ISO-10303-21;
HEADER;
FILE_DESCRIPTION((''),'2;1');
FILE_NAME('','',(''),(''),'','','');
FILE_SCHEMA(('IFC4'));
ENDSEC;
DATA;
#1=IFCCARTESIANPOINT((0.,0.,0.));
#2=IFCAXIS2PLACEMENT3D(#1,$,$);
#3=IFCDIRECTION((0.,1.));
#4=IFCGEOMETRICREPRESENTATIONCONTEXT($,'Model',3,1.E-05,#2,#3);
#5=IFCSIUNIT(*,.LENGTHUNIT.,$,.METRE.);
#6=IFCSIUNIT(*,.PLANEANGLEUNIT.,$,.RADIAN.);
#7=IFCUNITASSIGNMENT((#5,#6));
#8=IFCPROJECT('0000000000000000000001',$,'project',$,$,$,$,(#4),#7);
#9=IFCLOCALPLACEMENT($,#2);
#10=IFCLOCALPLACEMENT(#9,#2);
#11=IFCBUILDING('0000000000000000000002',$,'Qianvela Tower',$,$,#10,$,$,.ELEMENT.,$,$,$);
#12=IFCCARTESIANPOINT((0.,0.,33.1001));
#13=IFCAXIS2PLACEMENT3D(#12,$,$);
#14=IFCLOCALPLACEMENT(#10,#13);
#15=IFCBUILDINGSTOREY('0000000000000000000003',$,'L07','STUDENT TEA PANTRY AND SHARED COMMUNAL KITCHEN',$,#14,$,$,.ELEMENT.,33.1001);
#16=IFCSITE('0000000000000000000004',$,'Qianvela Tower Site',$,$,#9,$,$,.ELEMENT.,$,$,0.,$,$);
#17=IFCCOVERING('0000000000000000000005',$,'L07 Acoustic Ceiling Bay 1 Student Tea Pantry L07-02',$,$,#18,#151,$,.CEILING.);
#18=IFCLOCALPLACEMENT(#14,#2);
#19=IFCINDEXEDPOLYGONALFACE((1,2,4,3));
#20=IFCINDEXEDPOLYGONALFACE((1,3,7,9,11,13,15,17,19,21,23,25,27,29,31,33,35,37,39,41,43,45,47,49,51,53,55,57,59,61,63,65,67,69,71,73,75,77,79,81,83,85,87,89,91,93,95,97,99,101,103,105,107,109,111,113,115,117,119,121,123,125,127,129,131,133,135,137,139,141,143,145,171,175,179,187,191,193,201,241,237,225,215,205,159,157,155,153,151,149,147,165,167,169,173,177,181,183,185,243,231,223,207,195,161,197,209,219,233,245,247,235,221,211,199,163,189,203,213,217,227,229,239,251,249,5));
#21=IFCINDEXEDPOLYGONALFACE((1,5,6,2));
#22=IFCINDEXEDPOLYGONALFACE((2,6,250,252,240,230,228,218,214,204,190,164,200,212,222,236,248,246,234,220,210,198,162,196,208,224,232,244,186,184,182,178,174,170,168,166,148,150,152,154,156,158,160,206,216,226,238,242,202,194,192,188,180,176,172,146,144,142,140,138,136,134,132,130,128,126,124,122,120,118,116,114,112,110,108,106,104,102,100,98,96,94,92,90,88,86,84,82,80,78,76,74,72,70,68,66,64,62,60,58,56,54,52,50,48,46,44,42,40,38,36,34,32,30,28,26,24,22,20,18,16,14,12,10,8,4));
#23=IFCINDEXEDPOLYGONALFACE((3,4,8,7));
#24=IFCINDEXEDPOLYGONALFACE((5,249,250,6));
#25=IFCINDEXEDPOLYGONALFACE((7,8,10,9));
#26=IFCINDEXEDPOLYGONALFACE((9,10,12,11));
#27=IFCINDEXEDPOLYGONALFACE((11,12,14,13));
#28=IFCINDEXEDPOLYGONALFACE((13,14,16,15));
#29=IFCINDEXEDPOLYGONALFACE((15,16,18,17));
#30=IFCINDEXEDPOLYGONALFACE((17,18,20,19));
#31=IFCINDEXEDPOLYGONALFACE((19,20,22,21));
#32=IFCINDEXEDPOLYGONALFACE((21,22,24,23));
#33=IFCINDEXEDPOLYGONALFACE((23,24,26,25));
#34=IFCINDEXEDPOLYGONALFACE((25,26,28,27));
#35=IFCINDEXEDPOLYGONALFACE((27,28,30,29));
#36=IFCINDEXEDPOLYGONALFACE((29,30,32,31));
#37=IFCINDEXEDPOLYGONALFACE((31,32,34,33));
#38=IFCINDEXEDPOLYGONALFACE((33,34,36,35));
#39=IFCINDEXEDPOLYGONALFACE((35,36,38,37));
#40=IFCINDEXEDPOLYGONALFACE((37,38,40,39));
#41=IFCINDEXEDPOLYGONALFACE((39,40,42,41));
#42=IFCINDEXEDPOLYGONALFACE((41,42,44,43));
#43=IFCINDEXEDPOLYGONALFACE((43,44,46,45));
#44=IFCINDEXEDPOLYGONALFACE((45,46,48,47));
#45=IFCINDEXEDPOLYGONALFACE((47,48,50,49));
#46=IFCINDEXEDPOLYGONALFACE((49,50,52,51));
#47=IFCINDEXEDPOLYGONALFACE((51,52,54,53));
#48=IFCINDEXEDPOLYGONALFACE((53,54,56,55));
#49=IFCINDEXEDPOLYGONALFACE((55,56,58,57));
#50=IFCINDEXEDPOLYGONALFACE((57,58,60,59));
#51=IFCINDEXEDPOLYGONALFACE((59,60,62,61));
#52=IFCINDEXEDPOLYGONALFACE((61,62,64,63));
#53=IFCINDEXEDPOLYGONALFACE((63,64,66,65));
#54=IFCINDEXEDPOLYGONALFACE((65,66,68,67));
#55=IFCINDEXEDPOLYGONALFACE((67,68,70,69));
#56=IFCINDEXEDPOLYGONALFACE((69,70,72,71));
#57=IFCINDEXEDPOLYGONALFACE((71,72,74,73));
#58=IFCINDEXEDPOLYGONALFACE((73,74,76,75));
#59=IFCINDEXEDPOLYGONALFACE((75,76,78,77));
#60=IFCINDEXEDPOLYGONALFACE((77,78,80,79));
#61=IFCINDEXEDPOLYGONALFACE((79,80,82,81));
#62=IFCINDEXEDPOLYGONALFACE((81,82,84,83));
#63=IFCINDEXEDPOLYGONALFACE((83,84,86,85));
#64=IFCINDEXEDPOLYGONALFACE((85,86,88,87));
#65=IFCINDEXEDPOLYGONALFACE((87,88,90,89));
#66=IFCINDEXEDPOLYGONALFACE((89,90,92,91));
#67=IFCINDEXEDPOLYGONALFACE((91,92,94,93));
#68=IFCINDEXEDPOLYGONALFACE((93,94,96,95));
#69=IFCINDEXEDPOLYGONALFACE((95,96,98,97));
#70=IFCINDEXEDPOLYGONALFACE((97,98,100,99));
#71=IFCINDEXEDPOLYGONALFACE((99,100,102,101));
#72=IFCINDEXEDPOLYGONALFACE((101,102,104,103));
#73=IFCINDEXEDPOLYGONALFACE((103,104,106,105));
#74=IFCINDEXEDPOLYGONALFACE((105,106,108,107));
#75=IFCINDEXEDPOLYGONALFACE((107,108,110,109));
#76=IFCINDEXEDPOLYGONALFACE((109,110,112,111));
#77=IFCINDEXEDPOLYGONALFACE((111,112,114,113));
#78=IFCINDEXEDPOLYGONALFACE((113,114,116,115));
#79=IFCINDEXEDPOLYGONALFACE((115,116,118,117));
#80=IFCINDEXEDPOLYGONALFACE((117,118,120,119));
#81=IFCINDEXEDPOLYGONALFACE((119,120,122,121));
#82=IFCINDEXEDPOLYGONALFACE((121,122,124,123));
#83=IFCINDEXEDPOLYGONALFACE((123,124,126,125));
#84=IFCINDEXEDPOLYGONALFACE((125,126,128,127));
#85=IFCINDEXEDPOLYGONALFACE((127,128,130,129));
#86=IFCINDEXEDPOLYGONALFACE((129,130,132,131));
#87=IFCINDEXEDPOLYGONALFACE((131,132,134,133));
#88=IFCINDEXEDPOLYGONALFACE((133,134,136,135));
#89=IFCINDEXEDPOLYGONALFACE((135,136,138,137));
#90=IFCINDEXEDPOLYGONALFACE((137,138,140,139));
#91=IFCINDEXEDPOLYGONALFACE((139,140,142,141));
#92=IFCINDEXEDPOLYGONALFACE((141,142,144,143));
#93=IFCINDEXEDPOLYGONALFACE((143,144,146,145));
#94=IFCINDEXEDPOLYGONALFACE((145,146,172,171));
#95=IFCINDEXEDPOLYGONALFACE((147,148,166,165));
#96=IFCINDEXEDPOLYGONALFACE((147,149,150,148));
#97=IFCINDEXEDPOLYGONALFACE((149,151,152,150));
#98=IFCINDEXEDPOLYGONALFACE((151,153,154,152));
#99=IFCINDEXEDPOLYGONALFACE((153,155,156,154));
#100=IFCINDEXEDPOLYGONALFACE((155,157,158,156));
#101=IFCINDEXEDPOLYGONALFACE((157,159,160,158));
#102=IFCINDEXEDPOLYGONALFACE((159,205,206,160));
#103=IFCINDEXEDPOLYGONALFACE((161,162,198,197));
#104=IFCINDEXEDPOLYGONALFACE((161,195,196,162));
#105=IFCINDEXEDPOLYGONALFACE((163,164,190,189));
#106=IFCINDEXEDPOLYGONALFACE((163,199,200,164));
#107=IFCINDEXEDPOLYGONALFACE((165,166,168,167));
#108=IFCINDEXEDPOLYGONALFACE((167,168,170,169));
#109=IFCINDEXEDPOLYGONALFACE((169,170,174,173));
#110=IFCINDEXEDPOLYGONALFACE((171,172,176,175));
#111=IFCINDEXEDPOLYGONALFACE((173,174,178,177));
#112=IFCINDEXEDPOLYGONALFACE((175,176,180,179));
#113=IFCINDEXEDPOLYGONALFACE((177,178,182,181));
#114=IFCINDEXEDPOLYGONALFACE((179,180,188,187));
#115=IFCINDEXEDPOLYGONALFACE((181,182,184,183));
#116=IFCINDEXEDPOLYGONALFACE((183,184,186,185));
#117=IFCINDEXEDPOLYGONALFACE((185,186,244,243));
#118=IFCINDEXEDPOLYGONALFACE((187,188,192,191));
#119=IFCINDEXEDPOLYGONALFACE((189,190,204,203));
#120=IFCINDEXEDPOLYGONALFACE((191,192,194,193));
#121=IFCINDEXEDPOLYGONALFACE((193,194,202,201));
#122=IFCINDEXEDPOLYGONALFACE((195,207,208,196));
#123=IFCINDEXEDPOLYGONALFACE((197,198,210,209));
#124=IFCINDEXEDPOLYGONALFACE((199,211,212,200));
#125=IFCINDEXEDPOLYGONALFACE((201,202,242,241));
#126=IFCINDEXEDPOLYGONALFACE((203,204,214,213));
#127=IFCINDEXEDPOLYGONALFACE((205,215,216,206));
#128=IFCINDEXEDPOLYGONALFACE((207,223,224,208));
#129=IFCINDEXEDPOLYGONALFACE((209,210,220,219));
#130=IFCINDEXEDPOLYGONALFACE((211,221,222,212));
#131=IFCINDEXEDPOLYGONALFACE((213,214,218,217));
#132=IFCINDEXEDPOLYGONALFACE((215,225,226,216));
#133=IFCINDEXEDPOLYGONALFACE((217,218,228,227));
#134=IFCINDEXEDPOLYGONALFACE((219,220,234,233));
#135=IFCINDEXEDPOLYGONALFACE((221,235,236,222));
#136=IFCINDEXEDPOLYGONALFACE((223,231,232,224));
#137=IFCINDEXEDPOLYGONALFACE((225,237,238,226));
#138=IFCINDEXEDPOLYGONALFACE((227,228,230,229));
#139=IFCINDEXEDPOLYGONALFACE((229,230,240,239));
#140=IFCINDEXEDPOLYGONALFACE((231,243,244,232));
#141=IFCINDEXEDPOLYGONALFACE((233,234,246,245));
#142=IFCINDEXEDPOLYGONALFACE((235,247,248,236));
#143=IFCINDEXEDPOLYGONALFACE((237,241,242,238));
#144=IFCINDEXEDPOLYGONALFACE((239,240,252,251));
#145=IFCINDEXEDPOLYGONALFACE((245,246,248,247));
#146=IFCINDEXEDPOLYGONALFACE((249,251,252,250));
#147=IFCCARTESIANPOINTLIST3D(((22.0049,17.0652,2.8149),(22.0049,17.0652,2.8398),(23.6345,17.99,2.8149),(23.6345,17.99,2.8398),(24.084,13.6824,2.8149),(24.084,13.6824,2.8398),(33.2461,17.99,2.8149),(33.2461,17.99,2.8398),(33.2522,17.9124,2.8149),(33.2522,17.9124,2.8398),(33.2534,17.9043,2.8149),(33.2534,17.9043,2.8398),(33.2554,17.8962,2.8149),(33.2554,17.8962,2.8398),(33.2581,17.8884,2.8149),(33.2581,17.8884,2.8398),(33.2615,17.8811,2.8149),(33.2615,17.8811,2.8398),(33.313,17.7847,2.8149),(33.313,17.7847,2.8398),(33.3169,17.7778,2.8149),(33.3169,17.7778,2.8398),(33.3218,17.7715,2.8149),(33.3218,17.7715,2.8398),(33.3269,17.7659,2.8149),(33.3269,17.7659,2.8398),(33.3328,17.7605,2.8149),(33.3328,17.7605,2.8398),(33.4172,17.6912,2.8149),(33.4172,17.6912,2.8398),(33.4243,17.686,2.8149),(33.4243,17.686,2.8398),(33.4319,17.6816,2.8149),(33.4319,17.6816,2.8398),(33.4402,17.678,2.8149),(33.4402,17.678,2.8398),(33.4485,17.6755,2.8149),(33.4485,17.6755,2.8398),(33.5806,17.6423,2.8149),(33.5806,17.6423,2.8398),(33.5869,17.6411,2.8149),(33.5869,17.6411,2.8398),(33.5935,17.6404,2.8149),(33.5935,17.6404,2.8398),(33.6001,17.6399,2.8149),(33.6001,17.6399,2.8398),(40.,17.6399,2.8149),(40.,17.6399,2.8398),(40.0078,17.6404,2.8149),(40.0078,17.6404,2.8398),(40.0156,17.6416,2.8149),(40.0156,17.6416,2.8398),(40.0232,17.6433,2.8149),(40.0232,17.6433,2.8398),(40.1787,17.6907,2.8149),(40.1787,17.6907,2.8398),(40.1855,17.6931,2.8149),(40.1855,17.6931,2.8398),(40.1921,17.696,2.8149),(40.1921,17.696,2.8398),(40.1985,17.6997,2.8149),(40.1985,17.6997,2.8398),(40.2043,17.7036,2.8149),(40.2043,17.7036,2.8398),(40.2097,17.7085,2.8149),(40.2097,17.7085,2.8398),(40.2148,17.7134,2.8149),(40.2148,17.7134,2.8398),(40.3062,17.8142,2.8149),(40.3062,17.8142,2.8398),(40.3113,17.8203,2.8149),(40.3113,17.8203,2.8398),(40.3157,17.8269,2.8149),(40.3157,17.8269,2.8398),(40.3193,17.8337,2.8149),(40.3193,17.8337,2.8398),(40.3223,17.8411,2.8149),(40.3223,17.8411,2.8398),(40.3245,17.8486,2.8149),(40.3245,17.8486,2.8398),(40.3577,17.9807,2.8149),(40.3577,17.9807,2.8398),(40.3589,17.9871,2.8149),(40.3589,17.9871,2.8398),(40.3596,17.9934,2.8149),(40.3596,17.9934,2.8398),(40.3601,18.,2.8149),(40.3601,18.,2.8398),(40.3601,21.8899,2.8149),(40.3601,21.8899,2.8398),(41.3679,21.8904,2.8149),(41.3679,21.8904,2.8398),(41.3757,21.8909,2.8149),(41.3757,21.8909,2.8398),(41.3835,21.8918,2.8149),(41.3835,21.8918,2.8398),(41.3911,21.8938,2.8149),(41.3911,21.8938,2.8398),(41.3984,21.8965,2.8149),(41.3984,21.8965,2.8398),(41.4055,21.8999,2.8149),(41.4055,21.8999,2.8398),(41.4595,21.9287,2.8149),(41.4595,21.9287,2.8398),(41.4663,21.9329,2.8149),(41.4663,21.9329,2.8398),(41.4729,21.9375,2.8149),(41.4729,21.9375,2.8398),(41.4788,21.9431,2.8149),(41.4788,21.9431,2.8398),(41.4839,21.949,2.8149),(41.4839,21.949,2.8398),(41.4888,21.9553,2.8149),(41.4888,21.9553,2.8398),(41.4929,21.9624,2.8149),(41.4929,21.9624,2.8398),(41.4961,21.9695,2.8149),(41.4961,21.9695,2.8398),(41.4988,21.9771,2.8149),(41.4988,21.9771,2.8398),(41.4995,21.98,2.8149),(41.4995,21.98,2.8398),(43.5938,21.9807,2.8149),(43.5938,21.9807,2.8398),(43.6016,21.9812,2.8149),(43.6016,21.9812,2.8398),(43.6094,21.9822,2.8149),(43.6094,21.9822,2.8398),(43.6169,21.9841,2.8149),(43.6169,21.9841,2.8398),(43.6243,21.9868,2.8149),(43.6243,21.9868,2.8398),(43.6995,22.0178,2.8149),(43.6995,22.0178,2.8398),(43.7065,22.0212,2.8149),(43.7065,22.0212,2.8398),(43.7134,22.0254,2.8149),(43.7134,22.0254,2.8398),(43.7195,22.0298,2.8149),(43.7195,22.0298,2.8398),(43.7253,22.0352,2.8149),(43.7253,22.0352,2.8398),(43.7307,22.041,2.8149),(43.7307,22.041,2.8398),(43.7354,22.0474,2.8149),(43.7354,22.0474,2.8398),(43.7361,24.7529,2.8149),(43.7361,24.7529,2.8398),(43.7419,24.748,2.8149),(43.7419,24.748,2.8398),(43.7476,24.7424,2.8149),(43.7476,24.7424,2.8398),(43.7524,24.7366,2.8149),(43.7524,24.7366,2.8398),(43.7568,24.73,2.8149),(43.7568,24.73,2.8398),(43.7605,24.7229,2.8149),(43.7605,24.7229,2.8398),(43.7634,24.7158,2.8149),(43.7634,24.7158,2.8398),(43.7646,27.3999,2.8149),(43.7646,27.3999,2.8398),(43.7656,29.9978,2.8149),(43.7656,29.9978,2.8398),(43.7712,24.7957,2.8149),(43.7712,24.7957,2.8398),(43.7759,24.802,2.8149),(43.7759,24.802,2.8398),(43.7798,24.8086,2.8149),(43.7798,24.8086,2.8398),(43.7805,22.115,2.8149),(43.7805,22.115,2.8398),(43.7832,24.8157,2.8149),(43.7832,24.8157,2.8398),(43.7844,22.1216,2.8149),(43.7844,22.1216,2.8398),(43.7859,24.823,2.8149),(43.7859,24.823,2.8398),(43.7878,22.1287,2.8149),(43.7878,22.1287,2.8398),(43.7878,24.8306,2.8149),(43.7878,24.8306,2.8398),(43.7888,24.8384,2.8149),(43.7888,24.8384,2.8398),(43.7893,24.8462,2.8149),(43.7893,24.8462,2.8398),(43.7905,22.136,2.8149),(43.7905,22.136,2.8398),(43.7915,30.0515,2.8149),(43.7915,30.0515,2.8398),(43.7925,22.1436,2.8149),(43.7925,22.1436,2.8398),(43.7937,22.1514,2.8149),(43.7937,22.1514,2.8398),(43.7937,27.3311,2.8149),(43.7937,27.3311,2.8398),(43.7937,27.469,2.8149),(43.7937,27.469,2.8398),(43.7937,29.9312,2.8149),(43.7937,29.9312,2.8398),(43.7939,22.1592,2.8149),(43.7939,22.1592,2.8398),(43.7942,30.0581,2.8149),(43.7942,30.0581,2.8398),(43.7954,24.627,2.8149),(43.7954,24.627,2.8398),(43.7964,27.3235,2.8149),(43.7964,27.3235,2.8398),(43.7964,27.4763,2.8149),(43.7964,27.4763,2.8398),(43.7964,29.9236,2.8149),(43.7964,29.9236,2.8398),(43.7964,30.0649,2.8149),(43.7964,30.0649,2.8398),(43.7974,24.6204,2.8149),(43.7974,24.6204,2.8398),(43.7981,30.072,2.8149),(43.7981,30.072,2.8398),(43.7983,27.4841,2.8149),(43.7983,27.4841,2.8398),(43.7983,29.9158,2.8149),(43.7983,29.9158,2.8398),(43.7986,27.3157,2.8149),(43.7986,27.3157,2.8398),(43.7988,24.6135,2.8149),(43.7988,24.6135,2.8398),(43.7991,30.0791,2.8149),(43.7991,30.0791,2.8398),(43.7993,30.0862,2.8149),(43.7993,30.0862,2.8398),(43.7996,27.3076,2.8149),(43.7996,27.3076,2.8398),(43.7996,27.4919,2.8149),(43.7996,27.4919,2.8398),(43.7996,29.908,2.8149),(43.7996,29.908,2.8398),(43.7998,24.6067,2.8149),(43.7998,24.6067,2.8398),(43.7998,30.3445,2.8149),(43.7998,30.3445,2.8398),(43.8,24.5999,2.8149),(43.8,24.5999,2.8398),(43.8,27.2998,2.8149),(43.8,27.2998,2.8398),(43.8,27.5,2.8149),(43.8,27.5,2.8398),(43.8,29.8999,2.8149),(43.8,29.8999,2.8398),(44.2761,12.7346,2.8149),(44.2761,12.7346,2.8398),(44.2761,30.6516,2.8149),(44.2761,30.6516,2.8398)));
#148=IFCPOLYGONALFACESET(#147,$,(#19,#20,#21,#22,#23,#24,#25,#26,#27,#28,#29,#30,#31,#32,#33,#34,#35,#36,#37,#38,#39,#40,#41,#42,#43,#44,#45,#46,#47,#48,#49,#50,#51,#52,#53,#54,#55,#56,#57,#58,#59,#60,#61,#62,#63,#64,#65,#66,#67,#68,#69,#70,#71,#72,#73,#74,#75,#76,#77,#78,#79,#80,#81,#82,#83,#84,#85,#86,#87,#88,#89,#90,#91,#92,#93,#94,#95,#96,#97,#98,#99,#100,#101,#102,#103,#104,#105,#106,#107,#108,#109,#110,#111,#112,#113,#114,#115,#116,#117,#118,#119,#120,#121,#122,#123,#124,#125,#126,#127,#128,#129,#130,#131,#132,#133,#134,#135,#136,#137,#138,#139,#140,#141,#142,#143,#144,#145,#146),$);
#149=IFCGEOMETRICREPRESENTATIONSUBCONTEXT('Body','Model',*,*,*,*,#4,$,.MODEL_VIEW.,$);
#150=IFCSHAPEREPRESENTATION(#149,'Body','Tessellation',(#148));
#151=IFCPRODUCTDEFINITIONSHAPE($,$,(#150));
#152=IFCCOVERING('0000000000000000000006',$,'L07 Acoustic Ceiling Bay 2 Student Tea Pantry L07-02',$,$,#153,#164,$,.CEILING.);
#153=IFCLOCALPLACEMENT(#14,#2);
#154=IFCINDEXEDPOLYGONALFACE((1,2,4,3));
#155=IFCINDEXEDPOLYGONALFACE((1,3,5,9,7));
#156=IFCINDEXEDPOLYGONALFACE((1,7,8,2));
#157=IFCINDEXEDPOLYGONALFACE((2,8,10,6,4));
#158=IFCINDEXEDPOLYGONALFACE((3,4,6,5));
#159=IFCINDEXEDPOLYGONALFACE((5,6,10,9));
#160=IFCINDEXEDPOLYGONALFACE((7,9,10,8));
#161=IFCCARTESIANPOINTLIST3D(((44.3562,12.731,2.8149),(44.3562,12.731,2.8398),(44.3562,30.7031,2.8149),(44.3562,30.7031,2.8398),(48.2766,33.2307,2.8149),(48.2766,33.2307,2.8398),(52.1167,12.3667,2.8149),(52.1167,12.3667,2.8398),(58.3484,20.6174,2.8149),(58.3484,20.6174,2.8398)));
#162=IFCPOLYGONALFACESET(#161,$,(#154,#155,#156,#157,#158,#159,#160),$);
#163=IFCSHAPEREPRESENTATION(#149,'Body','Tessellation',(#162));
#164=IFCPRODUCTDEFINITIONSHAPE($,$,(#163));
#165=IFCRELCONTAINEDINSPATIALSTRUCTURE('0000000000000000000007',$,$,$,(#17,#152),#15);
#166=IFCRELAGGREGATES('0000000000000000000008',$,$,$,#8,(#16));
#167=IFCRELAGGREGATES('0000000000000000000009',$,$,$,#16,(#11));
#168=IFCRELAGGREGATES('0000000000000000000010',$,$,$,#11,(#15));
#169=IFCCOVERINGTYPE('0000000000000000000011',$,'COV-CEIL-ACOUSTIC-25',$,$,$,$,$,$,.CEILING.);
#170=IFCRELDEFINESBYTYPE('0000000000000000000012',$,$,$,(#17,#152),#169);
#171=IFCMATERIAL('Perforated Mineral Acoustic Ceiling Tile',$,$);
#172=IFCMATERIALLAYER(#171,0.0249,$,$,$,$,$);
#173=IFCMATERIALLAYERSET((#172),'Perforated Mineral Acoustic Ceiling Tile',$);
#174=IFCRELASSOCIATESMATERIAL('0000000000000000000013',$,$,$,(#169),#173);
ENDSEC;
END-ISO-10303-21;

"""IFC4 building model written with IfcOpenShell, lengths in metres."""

from ifc_helpers import new_model, si_unit, direction, frame, origin, place, context, subcontext, project, spatial, polyline, outline, extrude, material, layer, layer_set, type_object, element, save


model = new_model("IFC4")

# Units and contexts
model_context = context("Model", 3, precision=1e-05, world=origin(), true_north=direction((0.0, 1.0)))
body_context = subcontext(model_context, "Body", "Model", "MODEL_VIEW")
ifc_project = project(units=[si_unit("LENGTHUNIT", "METRE"), si_unit("PLANEANGLEUNIT", "RADIAN")], contexts=[model_context])

# Site, building, storey
site_placement = place(None, origin())
site = spatial("IfcSite", under=ifc_project, at=site_placement, Name="Qianvela Tower Site", CompositionType="ELEMENT", RefElevation=0.0)
building_placement = place(site_placement, origin())
building = spatial("IfcBuilding", under=site, at=building_placement, Name="Qianvela Tower", CompositionType="ELEMENT")
storey_placement = place(building_placement, frame((0.0, 0.0, 33.1001)))
storey = spatial("IfcBuildingStorey", under=building, at=storey_placement, Name="L07", Description="STUDENT TEA PANTRY AND SHARED COMMUNAL KITCHEN", CompositionType="ELEMENT", Elevation=33.1001)

# Coverings
ifc_material_1 = material(Name="Perforated Mineral Acoustic Ceiling Tile")
ifc_layer_1 = layer(ifc_material_1, 0.0249)
ifc_layer_set_1 = layer_set([ifc_layer_1], Name="Perforated Mineral Acoustic Ceiling Tile")
covering_type_1 = type_object("IfcCoveringType", Name="COV-CEIL-ACOUSTIC-25", PredefinedType="CEILING", material=ifc_layer_set_1)
covering_1_placement = place(storey_placement, frame((0.0, 0.0, 2.8149)))
element("IfcCovering", 1, at=covering_1_placement, inside=storey, type_object=covering_type_1, Name="L07 Acoustic Ceiling Bay 1 Student Tea Pantry L07-02", PredefinedType="CEILING", context=body_context, shape_type="SweptSolid", body=[
    extrude(outline(polyline([(33.2461, 17.99), (33.2522, 17.9124), (33.2534, 17.9043), (33.2554, 17.8962), (33.2581, 17.8884), (33.2615, 17.8811), (33.313, 17.7847), (33.3169, 17.7778), (33.3218, 17.7715), (33.3269, 17.7659), (33.3328, 17.7605), (33.4172, 17.6912), (33.4243, 17.686), (33.4319, 17.6816), (33.4402, 17.678), (33.4485, 17.6755), (33.5806, 17.6423), (33.5869, 17.6411), (33.5935, 17.6404), (33.6001, 17.6399), (40.0, 17.6399), (40.0078, 17.6404), (40.0156, 17.6416), (40.0232, 17.6433), (40.1787, 17.6907), (40.1855, 17.6931), (40.1921, 17.696), (40.1985, 17.6997), (40.2043, 17.7036), (40.2097, 17.7085), (40.2148, 17.7134), (40.3062, 17.8142), (40.3113, 17.8203), (40.3157, 17.8269), (40.3193, 17.8337), (40.3223, 17.8411), (40.3245, 17.8486), (40.3577, 17.9807), (40.3589, 17.9871), (40.3596, 17.9934), (40.3601, 18.0), (40.3601, 21.8899), (41.3679, 21.8904), (41.3757, 21.8909), (41.3835, 21.8918), (41.3911, 21.8938), (41.3984, 21.8965), (41.4055, 21.8999), (41.4595, 21.9287), (41.4663, 21.9329), (41.4729, 21.9375), (41.4788, 21.9431), (41.4839, 21.949), (41.4888, 21.9553), (41.4929, 21.9624), (41.4961, 21.9695), (41.4988, 21.9771), (41.4995, 21.98), (43.5938, 21.9807), (43.6016, 21.9812), (43.6094, 21.9822), (43.6169, 21.9841), (43.6243, 21.9868), (43.6995, 22.0178), (43.7065, 22.0212), (43.7134, 22.0254), (43.7195, 22.0298), (43.7253, 22.0352), (43.7307, 22.041), (43.7354, 22.0474), (43.7805, 22.115), (43.7844, 22.1216), (43.7878, 22.1287), (43.7905, 22.136), (43.7925, 22.1436), (43.7937, 22.1514), (43.7939, 22.1592), (43.8, 24.5999), (43.7998, 24.6067), (43.7988, 24.6135), (43.7974, 24.6204), (43.7954, 24.627), (43.7634, 24.7158), (43.7605, 24.7229), (43.7568, 24.73), (43.7524, 24.7366), (43.7476, 24.7424), (43.7419, 24.748), (43.7361, 24.7529), (43.7712, 24.7957), (43.7759, 24.802), (43.7798, 24.8086), (43.7832, 24.8157), (43.7859, 24.823), (43.7878, 24.8306), (43.7888, 24.8384), (43.7893, 24.8462), (43.8, 27.2998), (43.7996, 27.3076), (43.7986, 27.3157), (43.7964, 27.3235), (43.7937, 27.3311), (43.7646, 27.3999), (43.7937, 27.469), (43.7964, 27.4763), (43.7983, 27.4841), (43.7996, 27.4919), (43.8, 27.5), (43.8, 29.8999), (43.7996, 29.908), (43.7983, 29.9158), (43.7964, 29.9236), (43.7937, 29.9312), (43.7656, 29.9978), (43.7915, 30.0515), (43.7942, 30.0581), (43.7964, 30.0649), (43.7981, 30.072), (43.7991, 30.0791), (43.7993, 30.0862), (43.7998, 30.3445), (44.2761, 30.6516), (44.2761, 12.7346), (24.084, 13.6824), (22.0049, 17.0652), (23.6345, 17.99), (33.2461, 17.99)])), origin(), (0.0, 0.0, 1.0), 0.0249),
])
covering_2_placement = place(storey_placement, frame((0.0, 0.0, 2.8149)))
element("IfcCovering", 2, at=covering_2_placement, inside=storey, type_object=covering_type_1, Name="L07 Acoustic Ceiling Bay 2 Student Tea Pantry L07-02", PredefinedType="CEILING", context=body_context, shape_type="SweptSolid", body=[
    extrude(outline(polyline([(48.2766, 33.2307), (58.3484, 20.6174), (52.1167, 12.3667), (44.3562, 12.731), (44.3562, 30.7031), (48.2766, 33.2307)])), origin(), (0.0, 0.0, 1.0), 0.0249),
])

save(model, "model.ifc")
